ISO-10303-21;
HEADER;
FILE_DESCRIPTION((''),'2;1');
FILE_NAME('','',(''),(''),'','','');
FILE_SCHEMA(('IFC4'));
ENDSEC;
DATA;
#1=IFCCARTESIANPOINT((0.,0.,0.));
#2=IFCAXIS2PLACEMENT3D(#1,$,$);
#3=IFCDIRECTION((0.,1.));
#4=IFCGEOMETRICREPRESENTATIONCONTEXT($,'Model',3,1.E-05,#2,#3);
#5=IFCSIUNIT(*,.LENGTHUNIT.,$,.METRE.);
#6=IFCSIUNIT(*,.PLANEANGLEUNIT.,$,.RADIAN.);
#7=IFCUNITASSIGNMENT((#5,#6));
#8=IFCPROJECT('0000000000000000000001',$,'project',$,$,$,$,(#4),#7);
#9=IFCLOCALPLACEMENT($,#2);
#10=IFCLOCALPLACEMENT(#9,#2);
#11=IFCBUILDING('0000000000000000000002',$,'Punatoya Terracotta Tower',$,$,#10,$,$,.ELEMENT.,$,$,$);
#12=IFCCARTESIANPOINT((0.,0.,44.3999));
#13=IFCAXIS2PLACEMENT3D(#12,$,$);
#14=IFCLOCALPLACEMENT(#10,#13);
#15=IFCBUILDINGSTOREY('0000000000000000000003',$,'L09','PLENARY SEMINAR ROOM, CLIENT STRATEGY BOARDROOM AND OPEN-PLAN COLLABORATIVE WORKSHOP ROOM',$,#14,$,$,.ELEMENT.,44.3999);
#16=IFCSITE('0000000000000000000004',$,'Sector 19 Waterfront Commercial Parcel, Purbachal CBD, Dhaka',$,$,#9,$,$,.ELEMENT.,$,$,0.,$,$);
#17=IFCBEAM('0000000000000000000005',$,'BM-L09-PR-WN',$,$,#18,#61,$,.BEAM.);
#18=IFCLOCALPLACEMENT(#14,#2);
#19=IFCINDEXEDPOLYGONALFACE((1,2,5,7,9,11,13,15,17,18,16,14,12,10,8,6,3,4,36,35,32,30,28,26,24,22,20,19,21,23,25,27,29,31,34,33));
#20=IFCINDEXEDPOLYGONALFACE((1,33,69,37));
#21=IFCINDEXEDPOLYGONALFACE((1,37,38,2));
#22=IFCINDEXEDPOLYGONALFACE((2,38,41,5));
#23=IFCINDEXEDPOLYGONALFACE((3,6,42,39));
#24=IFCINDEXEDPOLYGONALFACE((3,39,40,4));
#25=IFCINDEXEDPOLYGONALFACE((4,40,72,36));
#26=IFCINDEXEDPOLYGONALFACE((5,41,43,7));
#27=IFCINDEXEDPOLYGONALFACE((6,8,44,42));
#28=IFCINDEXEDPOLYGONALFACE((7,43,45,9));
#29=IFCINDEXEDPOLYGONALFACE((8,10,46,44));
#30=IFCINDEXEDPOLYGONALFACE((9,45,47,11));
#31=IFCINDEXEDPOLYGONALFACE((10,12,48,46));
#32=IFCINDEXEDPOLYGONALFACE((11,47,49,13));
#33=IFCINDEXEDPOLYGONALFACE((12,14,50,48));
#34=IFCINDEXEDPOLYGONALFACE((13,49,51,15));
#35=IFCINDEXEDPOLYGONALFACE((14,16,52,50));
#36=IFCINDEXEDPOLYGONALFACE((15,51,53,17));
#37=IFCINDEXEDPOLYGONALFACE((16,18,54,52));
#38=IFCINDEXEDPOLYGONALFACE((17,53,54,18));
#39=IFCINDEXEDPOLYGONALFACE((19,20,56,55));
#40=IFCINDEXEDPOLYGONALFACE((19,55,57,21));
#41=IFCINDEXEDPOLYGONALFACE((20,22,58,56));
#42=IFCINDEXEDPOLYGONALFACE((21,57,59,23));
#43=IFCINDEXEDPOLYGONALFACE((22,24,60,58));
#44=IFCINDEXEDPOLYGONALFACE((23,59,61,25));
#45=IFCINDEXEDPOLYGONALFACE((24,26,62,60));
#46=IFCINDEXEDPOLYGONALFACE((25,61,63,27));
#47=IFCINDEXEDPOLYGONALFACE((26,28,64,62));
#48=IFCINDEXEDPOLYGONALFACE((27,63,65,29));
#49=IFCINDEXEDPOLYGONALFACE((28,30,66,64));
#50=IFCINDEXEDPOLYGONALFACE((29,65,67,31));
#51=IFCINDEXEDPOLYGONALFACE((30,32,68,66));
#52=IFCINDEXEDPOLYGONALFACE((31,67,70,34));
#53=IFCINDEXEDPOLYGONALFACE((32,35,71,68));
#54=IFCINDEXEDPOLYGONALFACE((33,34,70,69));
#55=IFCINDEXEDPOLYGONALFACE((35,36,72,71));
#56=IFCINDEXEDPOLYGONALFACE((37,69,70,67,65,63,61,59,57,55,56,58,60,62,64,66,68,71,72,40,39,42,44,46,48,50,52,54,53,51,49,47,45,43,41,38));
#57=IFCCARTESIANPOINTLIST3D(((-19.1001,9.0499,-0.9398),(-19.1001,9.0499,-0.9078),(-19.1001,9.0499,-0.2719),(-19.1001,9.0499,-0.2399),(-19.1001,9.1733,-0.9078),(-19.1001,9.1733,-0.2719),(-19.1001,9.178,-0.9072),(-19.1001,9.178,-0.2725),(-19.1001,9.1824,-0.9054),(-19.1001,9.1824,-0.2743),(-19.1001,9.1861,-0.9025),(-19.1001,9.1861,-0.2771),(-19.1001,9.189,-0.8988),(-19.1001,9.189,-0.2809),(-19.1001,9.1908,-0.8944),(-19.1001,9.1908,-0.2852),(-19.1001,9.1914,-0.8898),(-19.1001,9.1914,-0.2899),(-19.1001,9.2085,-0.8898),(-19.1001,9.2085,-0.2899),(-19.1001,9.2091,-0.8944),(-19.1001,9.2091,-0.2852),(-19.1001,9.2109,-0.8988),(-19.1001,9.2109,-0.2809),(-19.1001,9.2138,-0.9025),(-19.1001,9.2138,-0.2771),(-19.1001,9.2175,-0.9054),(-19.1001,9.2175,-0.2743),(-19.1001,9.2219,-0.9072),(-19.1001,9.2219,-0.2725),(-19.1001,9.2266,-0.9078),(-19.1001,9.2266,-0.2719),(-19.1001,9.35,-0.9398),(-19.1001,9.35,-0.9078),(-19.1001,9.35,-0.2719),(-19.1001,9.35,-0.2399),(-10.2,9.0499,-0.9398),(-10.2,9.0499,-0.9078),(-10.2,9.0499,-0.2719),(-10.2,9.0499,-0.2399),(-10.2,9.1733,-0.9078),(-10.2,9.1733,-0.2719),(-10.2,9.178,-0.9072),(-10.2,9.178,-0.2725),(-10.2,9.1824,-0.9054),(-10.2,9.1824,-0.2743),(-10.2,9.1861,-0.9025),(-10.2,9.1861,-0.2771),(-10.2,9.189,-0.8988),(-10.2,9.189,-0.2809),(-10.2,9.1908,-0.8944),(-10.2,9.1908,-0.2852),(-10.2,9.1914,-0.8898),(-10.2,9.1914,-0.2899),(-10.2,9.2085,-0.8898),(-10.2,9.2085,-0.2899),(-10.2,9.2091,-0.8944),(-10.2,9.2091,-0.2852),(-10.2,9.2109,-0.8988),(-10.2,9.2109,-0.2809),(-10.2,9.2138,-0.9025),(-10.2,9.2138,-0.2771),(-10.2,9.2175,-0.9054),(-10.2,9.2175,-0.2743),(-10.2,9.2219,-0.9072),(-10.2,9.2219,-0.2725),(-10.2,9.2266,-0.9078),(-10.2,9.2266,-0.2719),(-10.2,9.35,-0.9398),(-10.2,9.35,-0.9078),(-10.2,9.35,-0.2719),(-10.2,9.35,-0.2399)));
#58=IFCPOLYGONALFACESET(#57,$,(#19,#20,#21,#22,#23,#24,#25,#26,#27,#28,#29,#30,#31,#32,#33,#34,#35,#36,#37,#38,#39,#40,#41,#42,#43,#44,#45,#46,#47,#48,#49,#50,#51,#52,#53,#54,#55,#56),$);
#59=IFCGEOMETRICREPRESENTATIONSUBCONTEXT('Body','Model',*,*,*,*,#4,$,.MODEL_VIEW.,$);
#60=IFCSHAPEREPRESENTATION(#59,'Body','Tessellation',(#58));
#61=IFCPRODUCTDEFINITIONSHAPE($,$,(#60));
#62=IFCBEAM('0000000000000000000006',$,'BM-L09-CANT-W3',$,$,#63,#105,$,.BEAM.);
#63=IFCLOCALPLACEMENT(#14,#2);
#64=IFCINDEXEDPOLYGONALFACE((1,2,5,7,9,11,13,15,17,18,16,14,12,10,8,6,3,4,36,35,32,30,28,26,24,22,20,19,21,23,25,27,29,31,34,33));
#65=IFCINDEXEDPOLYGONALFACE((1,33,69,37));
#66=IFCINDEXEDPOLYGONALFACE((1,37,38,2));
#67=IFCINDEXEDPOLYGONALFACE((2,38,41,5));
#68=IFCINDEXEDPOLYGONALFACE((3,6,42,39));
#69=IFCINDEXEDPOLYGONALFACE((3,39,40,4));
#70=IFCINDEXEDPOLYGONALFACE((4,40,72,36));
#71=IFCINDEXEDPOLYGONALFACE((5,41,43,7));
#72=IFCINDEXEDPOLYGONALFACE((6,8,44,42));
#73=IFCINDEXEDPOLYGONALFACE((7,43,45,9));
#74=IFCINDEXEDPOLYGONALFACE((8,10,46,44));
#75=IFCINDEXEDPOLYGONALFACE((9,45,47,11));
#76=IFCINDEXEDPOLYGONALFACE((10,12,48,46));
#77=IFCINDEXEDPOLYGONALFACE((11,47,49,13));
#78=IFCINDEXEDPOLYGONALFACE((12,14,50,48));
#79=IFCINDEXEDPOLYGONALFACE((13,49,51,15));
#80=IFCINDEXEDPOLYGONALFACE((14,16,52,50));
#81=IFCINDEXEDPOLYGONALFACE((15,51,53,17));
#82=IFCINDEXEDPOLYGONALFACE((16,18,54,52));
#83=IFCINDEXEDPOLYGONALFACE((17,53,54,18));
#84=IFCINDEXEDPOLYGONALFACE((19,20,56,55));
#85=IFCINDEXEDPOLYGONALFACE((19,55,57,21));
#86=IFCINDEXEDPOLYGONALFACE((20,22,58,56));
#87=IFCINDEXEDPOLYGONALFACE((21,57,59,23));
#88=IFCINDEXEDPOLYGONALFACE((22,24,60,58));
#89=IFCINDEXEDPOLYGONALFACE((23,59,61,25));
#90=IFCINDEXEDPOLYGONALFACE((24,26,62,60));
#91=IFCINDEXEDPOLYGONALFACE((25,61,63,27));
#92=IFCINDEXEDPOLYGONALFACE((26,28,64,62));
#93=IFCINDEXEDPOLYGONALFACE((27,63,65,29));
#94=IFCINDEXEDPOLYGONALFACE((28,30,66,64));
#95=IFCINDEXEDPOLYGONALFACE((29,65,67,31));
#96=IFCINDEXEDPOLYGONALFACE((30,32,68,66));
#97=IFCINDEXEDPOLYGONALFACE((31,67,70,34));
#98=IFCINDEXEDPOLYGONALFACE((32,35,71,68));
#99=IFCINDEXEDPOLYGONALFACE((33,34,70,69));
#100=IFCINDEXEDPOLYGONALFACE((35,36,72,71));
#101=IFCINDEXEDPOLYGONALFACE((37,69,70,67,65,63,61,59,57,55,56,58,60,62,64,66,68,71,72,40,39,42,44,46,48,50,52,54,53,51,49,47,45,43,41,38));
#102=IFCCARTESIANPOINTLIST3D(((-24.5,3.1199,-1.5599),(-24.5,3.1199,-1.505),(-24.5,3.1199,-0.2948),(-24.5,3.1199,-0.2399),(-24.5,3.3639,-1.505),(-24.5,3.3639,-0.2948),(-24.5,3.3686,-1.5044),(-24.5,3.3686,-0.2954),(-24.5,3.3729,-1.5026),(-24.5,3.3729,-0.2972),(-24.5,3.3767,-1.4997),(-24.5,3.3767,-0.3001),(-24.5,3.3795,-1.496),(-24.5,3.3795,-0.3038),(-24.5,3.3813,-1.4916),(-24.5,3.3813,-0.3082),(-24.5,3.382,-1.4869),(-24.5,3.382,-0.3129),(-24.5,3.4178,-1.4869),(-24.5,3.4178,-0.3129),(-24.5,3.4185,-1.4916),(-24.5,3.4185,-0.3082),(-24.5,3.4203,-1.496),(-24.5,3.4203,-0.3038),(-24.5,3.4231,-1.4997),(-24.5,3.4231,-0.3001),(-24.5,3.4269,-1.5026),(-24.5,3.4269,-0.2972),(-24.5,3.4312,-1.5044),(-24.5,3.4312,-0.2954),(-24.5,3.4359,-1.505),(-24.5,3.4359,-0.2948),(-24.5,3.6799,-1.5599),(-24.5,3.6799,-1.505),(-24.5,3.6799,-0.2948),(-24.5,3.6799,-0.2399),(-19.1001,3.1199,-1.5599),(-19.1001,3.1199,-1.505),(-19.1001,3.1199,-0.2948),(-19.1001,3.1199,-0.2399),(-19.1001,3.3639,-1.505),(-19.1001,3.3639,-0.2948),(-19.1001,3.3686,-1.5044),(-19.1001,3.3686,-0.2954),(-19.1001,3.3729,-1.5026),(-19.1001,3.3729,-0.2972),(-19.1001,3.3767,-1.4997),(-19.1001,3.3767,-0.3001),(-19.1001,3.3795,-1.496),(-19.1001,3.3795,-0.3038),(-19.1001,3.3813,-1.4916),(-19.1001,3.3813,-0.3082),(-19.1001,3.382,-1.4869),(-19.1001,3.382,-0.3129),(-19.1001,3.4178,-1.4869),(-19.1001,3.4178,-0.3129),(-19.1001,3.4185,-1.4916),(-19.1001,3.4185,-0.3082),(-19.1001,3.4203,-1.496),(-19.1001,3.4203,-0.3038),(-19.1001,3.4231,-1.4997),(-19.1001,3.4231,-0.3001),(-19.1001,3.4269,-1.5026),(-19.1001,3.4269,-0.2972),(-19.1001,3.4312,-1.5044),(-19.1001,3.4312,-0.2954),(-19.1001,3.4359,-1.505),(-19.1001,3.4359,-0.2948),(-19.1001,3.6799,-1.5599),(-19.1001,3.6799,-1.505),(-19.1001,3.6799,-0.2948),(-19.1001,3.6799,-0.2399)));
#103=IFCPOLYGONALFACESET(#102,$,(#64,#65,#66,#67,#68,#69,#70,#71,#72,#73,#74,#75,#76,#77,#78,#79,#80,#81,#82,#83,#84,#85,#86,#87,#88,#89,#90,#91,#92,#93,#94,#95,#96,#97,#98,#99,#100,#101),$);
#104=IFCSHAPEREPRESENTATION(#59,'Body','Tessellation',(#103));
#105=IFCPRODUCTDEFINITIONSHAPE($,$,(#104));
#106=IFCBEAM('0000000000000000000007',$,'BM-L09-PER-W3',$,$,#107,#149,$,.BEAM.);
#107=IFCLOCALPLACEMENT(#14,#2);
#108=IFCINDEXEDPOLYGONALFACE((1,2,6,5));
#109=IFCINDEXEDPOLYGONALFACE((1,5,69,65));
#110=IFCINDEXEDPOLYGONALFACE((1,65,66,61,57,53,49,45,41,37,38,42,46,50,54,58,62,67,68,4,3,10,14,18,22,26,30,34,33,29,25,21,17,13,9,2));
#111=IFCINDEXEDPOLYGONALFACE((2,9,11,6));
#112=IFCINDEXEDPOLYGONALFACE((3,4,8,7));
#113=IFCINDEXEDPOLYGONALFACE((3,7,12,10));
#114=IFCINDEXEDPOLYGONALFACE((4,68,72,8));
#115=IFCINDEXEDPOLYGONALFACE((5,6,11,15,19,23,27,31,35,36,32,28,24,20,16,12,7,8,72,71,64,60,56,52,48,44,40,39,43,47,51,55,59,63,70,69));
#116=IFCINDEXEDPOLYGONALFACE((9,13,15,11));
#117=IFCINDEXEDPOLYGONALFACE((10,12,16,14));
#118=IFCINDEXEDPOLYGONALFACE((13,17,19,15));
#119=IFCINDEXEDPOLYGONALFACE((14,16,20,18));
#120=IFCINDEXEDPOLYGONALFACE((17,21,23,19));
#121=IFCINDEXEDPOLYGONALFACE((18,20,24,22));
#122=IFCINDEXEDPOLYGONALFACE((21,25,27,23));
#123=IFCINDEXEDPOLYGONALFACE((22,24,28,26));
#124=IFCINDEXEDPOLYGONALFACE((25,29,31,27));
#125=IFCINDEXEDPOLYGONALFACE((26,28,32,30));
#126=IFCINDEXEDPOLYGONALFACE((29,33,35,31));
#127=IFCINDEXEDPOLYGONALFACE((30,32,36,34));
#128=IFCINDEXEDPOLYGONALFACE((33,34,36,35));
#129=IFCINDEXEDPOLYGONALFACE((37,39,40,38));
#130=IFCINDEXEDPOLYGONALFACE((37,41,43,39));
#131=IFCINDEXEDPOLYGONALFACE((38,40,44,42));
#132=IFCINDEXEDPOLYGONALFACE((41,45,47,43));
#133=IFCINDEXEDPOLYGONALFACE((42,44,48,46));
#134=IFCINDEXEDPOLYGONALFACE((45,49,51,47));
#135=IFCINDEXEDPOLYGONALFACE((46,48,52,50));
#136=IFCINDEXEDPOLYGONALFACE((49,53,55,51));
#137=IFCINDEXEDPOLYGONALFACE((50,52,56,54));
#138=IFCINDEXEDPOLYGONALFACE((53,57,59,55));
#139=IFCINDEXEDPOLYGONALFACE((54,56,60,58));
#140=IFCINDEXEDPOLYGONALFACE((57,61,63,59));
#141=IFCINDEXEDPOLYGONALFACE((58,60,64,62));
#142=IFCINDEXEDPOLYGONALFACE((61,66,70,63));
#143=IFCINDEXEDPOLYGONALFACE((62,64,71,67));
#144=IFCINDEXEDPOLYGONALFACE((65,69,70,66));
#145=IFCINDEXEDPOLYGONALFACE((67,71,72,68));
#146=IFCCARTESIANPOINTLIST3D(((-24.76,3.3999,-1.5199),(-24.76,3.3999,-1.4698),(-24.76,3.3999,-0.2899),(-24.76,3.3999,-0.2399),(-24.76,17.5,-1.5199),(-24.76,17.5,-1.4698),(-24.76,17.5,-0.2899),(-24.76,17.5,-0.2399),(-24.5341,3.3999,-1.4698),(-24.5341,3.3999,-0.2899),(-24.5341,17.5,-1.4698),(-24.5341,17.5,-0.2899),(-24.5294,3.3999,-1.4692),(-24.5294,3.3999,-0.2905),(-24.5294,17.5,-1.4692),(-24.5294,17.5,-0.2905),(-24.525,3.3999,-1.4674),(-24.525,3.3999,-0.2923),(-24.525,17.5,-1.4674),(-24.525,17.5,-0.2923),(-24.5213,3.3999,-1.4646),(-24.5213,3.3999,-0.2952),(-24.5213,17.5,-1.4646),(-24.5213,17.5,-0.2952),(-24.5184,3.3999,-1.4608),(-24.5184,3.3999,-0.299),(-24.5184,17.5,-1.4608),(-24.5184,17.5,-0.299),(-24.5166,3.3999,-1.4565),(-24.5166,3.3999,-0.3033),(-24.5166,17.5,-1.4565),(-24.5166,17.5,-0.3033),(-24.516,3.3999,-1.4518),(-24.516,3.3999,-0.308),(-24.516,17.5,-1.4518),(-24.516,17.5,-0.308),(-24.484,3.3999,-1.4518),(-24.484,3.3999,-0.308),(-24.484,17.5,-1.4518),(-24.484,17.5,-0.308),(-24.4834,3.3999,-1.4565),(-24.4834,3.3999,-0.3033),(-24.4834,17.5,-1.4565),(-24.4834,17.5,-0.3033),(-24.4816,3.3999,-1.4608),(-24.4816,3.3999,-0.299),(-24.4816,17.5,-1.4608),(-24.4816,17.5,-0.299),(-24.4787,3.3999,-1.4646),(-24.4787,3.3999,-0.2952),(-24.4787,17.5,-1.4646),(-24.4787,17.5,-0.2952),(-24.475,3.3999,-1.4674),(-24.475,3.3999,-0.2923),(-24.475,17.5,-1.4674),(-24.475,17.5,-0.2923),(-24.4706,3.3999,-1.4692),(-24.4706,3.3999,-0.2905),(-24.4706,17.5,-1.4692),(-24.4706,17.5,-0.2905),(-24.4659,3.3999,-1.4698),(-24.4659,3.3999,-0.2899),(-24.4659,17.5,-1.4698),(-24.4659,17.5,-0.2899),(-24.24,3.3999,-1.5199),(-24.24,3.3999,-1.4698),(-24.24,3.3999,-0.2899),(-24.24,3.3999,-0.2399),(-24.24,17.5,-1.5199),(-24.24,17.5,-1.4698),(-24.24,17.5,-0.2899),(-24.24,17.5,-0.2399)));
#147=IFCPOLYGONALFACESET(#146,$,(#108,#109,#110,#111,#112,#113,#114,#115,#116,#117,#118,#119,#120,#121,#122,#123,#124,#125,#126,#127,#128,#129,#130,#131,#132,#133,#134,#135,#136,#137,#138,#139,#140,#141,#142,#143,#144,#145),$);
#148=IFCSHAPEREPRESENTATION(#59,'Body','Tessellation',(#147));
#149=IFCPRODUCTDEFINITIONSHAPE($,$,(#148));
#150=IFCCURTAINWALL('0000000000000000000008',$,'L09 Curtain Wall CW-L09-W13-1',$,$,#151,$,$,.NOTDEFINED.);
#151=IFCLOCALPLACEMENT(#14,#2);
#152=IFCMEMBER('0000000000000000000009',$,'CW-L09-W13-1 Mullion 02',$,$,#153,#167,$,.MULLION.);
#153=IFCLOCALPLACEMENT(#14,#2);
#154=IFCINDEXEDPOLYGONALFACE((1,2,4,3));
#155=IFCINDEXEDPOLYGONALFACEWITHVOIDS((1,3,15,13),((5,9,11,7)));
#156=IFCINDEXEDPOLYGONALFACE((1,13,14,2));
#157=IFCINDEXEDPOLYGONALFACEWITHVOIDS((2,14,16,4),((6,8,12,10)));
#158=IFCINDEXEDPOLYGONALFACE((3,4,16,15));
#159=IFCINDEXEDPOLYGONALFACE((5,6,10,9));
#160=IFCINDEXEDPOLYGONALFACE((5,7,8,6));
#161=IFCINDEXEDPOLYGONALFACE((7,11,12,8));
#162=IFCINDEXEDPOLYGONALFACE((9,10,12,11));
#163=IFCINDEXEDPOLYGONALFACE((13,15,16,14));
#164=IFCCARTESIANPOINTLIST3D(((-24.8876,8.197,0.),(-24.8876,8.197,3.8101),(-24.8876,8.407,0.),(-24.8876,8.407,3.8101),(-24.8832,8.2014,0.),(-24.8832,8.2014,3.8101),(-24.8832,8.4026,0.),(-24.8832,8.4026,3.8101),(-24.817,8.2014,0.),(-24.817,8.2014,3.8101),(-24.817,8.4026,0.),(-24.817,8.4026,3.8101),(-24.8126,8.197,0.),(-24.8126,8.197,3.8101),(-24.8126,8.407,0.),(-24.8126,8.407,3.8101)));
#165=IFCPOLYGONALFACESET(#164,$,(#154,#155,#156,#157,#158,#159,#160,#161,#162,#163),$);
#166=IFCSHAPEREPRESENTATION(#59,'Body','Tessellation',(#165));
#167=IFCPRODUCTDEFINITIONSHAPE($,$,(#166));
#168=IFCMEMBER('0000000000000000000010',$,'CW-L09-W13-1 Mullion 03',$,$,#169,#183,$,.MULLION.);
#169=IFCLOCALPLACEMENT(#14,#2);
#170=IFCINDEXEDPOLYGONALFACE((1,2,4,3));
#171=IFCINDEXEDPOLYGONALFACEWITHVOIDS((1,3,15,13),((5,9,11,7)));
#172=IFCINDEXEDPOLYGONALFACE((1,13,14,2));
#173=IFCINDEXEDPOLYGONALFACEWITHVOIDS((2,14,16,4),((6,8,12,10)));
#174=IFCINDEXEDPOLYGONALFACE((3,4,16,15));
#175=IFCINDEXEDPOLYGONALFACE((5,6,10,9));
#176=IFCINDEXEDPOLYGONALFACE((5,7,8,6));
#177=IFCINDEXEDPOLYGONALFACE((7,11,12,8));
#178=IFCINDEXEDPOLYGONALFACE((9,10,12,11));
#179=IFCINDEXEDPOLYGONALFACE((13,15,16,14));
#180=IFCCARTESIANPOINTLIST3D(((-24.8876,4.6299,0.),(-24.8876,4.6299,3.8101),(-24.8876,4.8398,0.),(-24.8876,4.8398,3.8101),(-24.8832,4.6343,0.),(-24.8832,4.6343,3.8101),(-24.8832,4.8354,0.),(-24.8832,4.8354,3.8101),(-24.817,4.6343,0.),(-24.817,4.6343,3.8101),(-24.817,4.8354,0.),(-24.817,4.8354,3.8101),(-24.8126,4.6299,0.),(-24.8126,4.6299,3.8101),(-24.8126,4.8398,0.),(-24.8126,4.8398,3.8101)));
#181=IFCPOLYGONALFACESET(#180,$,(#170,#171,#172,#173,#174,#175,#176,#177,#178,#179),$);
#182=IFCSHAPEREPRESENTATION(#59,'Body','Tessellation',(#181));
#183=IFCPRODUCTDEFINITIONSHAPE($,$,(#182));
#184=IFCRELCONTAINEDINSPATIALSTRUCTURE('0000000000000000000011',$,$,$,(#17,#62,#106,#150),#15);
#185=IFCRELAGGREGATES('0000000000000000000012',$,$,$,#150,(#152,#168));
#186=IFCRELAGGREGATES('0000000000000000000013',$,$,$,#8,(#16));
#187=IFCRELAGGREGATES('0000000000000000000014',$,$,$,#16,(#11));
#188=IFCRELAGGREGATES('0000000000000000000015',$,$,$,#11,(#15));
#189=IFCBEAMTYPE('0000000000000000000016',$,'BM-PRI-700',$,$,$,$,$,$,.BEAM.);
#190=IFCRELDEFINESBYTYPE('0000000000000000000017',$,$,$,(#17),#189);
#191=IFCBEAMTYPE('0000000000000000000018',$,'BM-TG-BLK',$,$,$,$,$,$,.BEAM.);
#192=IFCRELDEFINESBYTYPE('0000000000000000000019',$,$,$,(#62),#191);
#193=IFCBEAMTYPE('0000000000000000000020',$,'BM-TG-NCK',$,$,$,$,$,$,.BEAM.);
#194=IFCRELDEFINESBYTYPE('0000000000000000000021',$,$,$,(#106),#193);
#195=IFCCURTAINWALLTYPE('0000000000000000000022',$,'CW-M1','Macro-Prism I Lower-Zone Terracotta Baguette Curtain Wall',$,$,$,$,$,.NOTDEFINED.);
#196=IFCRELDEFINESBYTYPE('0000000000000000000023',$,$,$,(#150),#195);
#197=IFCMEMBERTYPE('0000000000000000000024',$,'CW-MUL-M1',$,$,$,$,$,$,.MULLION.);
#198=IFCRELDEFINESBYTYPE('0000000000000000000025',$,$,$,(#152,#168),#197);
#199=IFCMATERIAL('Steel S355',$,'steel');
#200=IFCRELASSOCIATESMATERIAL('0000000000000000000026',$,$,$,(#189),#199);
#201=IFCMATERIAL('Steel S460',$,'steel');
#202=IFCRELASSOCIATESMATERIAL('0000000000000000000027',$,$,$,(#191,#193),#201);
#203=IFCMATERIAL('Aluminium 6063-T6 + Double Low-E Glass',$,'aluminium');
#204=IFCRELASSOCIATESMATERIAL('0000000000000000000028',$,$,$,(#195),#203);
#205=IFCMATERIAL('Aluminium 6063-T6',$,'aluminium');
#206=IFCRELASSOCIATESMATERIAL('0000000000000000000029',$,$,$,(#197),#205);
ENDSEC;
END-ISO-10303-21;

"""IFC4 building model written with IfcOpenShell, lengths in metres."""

from ifc_helpers import new_model, si_unit, direction, frame, origin, origin_2d, place, context, subcontext, project, spatial, hollow_rectangle, i_section, extrude, material, material_profile, profile_set, type_object, element, aggregate, save


model = new_model("IFC4")

# Units and contexts
model_context = context("Model", 3, precision=1e-05, world=origin(), true_north=direction((0.0, 1.0)))
body_context = subcontext(model_context, "Body", "Model", "MODEL_VIEW")
ifc_project = project(units=[si_unit("LENGTHUNIT", "METRE"), si_unit("PLANEANGLEUNIT", "RADIAN")], contexts=[model_context])

# Site, building, storey
site_placement = place(None, origin())
site = spatial("IfcSite", under=ifc_project, at=site_placement, Name="Sector 19 Waterfront Commercial Parcel, Purbachal CBD, Dhaka", CompositionType="ELEMENT", RefElevation=0.0)
building_placement = place(site_placement, origin())
building = spatial("IfcBuilding", under=site, at=building_placement, Name="Punatoya Terracotta Tower", CompositionType="ELEMENT")
storey_placement = place(building_placement, frame((0.0, 0.0, 44.3999)))
storey = spatial("IfcBuildingStorey", under=building, at=storey_placement, Name="L09", Description="PLENARY SEMINAR ROOM, CLIENT STRATEGY BOARDROOM AND OPEN-PLAN COLLABORATIVE WORKSHOP ROOM", CompositionType="ELEMENT", Elevation=44.3999)

# Shared definitions
ifc_material_1 = material(Name="Steel S460", Category="steel")

# Beams
ifc_material_2 = material(Name="Steel S355", Category="steel")
ifc_material_profile_1 = material_profile(ifc_material_2, i_section(OverallWidth=0.3, OverallDepth=0.7, WebThickness=0.0171, FlangeThickness=0.032, FilletRadius=0.0181, at=origin_2d()))
ifc_profile_set_1 = profile_set([ifc_material_profile_1], Name="Steel S355")
beam_type_1 = type_object("IfcBeamType", Name="BM-PRI-700", PredefinedType="BEAM", material=ifc_profile_set_1)
for number, where, z_axis, x_axis, name in (
    (1, (-19.1001, 9.2, -0.5898), (1.0, 0.0, 0.0), (0.0, 1.0, 0.0), "BM-L09-PR-WN"),
):
    element("IfcBeam", number, at=place(storey_placement, frame(where, z_axis=z_axis, x_axis=x_axis)), inside=storey, type_object=beam_type_1, Name=name, PredefinedType="BEAM", context=body_context, shape_type="SweptSolid", body=[
        extrude(i_section(OverallWidth=0.3, OverallDepth=0.7, WebThickness=0.0171, FlangeThickness=0.032, FilletRadius=0.0181, at=origin_2d()), origin(), (0.0, 0.0, 1.0), 8.9001),
    ])
ifc_material_profile_2 = material_profile(ifc_material_1, i_section(OverallWidth=0.5601, OverallDepth=1.3201, WebThickness=0.0359, FlangeThickness=0.0549, FilletRadius=0.0181, at=origin_2d()))
ifc_profile_set_2 = profile_set([ifc_material_profile_2], Name="Steel S460")
beam_type_2 = type_object("IfcBeamType", Name="BM-TG-BLK", PredefinedType="BEAM", material=ifc_profile_set_2)
beam_1_placement = place(storey_placement, frame((-24.5, 3.3999, -0.8999), z_axis=(1.0, 0.0, 0.0), x_axis=(0.0, 1.0, 0.0)))
element("IfcBeam", 2, at=beam_1_placement, inside=storey, type_object=beam_type_2, Name="BM-L09-CANT-W3", PredefinedType="BEAM", context=body_context, shape_type="SweptSolid", body=[
    extrude(i_section(OverallWidth=0.5601, OverallDepth=1.3201, WebThickness=0.0359, FlangeThickness=0.0549, FilletRadius=0.0181, at=origin_2d()), origin(), (0.0, 0.0, 1.0), 5.3999),
])
ifc_material_profile_3 = material_profile(ifc_material_1, i_section(OverallWidth=0.52, OverallDepth=1.28, WebThickness=0.032, FlangeThickness=0.05, FilletRadius=0.0181, at=origin_2d()))
ifc_profile_set_3 = profile_set([ifc_material_profile_3], Name="Steel S460")
beam_type_3 = type_object("IfcBeamType", Name="BM-TG-NCK", PredefinedType="BEAM", material=ifc_profile_set_3)
beam_2_placement = place(storey_placement, frame((-24.5, 3.3999, -0.8799), z_axis=(0.0, 1.0, 0.0), x_axis=(-1.0, 0.0, 0.0)))
element("IfcBeam", 3, at=beam_2_placement, inside=storey, type_object=beam_type_3, Name="BM-L09-PER-W3", PredefinedType="BEAM", context=body_context, shape_type="SweptSolid", body=[
    extrude(i_section(OverallWidth=0.52, OverallDepth=1.28, WebThickness=0.032, FlangeThickness=0.05, FilletRadius=0.0181, at=origin_2d()), origin(), (0.0, 0.0, 1.0), 14.1001),
])

# Curtain wall, members
ifc_material_3 = material(Name="Aluminium 6063-T6 + Double Low-E Glass", Category="aluminium")
curtain_wall_type = type_object("IfcCurtainWallType", Name="CW-M1", Description="Macro-Prism I Lower-Zone Terracotta Baguette Curtain Wall", PredefinedType="NOTDEFINED", material=ifc_material_3)
curtain_wall_placement = place(storey_placement, origin())
curtain_wall = element("IfcCurtainWall", 4, at=curtain_wall_placement, inside=storey, type_object=curtain_wall_type, Name="L09 Curtain Wall CW-L09-W13-1", PredefinedType="NOTDEFINED")
ifc_material_4 = material(Name="Aluminium 6063-T6", Category="aluminium")
ifc_material_profile_4 = material_profile(ifc_material_4, hollow_rectangle(XDim=0.075, YDim=0.21, WallThickness=0.0044, at=origin_2d()))
ifc_profile_set_4 = profile_set([ifc_material_profile_4], Name="Aluminium 6063-T6")
member_type = type_object("IfcMemberType", Name="CW-MUL-M1", PredefinedType="MULLION", material=ifc_profile_set_4)
member_1_placement = place(storey_placement, frame((-24.8501, 8.302, 0.0), z_axis=(0.0, 0.0, 1.0), x_axis=(1.0, 0.0, 0.0)))
member_1 = element("IfcMember", 5, at=member_1_placement, type_object=member_type, Name="CW-L09-W13-1 Mullion 02", PredefinedType="MULLION", context=body_context, shape_type="SweptSolid", body=[
    extrude(hollow_rectangle(XDim=0.075, YDim=0.21, WallThickness=0.0044, at=origin_2d()), origin(), (0.0, 0.0, 1.0), 3.8101),
])
member_2_placement = place(storey_placement, frame((-24.8501, 4.7349, 0.0), z_axis=(0.0, 0.0, 1.0), x_axis=(1.0, 0.0, 0.0)))
member_2 = element("IfcMember", 6, at=member_2_placement, type_object=member_type, Name="CW-L09-W13-1 Mullion 03", PredefinedType="MULLION", context=body_context, shape_type="SweptSolid", body=[
    extrude(hollow_rectangle(XDim=0.075, YDim=0.21, WallThickness=0.0044, at=origin_2d()), origin(), (0.0, 0.0, 1.0), 3.8101),
])
aggregate(curtain_wall, [member_1, member_2])

save(model, "model.ifc")
